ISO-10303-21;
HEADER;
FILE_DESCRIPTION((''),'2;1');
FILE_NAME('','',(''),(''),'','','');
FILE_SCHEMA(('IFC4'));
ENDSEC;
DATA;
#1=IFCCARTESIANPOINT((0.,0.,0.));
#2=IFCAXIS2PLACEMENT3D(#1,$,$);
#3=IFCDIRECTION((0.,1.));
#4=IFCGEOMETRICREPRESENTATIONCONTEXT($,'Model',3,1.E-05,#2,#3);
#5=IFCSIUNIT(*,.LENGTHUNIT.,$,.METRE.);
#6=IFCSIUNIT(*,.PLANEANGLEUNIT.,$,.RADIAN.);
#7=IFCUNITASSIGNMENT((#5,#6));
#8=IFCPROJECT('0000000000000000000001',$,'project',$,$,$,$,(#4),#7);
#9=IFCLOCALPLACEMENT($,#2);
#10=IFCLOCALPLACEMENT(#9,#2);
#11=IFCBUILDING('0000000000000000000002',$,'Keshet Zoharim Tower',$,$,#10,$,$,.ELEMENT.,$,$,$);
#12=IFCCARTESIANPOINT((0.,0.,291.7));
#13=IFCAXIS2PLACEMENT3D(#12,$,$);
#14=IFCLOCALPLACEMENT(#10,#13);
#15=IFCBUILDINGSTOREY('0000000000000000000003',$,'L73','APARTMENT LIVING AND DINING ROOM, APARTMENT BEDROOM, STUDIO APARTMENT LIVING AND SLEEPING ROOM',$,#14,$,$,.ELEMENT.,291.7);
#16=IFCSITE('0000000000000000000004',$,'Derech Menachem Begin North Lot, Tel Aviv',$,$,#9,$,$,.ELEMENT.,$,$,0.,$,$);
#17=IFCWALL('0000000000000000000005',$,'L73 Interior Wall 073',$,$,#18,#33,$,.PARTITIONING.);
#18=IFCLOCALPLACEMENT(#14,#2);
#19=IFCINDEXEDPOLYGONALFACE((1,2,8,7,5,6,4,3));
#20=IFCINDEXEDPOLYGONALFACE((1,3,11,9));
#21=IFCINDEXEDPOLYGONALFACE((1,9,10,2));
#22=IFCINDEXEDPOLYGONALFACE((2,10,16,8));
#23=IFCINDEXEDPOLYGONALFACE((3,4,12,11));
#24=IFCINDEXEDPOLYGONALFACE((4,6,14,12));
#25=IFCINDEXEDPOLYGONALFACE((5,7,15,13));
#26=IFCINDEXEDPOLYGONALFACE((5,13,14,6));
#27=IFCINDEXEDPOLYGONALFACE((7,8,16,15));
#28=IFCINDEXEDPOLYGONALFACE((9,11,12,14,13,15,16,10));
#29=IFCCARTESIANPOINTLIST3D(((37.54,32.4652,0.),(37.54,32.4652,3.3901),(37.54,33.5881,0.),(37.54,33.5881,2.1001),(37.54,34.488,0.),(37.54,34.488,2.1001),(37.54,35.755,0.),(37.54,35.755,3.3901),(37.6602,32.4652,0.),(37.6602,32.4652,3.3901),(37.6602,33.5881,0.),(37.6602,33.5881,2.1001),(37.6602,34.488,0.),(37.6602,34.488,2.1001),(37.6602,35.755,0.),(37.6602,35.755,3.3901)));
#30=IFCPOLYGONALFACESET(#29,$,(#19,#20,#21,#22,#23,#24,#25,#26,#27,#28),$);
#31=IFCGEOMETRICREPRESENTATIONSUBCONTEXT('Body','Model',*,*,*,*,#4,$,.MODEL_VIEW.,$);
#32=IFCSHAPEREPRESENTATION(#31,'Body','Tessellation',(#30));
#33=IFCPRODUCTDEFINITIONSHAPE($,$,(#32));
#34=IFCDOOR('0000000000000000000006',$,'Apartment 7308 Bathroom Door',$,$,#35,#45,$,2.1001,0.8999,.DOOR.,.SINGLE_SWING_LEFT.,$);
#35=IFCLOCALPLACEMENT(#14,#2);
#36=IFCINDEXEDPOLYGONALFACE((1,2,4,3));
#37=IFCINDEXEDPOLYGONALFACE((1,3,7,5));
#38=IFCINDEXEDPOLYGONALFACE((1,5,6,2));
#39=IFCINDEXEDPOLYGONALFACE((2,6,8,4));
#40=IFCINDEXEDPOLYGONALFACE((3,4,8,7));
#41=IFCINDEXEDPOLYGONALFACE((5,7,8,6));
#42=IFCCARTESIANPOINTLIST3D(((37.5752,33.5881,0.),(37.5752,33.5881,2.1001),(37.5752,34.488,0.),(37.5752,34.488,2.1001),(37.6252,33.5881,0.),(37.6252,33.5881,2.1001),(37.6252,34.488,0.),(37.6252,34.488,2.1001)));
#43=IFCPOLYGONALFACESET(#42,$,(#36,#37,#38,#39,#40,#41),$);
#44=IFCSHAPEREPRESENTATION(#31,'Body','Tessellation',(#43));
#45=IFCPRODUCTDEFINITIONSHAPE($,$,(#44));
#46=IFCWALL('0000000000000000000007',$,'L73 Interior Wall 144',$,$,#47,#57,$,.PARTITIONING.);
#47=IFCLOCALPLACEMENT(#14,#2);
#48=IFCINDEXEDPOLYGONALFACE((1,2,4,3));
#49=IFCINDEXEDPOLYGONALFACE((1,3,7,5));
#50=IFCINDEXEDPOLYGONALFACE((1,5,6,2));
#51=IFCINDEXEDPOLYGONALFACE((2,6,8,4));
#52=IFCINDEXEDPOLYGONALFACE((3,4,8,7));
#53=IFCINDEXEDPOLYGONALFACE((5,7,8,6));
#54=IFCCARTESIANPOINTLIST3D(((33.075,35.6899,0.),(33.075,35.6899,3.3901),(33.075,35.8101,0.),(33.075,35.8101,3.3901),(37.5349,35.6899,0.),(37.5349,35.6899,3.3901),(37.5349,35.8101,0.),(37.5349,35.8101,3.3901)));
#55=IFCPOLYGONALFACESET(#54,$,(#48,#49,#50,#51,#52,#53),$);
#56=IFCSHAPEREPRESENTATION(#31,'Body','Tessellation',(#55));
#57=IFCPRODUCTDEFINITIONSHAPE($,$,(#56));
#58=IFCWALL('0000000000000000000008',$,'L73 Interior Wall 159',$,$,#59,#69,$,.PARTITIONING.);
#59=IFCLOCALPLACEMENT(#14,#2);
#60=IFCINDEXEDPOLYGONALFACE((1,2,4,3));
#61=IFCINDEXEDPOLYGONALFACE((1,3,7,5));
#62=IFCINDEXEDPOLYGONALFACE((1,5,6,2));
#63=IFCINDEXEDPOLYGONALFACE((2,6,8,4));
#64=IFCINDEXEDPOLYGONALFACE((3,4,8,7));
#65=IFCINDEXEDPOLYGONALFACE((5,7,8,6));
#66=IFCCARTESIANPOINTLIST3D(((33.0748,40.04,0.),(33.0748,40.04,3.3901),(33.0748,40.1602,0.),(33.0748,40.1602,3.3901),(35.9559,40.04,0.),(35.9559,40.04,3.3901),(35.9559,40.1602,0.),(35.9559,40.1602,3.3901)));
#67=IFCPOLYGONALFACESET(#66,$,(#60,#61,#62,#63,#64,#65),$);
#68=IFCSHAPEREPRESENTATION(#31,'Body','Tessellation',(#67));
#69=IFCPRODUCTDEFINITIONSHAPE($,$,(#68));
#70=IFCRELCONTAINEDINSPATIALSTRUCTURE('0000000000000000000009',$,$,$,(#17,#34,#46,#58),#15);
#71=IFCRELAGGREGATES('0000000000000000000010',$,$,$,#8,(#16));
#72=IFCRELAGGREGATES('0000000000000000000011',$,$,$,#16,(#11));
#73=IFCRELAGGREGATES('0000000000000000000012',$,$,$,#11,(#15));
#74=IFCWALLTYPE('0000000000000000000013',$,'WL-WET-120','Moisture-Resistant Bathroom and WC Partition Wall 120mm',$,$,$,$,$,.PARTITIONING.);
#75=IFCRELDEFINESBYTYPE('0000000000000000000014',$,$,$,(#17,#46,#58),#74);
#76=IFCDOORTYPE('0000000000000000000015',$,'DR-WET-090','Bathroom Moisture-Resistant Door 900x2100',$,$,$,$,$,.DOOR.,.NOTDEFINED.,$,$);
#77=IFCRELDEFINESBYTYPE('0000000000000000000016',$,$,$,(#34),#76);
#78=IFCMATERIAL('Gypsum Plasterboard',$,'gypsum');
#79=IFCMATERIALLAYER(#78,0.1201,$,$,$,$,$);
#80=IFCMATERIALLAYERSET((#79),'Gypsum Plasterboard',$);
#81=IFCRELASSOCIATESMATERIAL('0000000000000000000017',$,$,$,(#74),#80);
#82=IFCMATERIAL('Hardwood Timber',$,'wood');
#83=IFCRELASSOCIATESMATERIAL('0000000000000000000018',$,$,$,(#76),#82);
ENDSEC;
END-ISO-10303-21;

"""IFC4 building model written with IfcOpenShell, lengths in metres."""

from ifc_helpers import new_model, si_unit, direction, frame, frame_2d, origin, place, context, subcontext, project, spatial, rectangle, extrude, material, layer, layer_set, type_object, element, fill, save


model = new_model("IFC4")

# Units and contexts
model_context = context("Model", 3, precision=1e-05, world=origin(), true_north=direction((0.0, 1.0)))
body_context = subcontext(model_context, "Body", "Model", "MODEL_VIEW")
ifc_project = project(units=[si_unit("LENGTHUNIT", "METRE"), si_unit("PLANEANGLEUNIT", "RADIAN")], contexts=[model_context])

# Site, building, storey
site_placement = place(None, origin())
site = spatial("IfcSite", under=ifc_project, at=site_placement, Name="Derech Menachem Begin North Lot, Tel Aviv", CompositionType="ELEMENT", RefElevation=0.0)
building_placement = place(site_placement, origin())
building = spatial("IfcBuilding", under=site, at=building_placement, Name="Keshet Zoharim Tower", CompositionType="ELEMENT")
storey_placement = place(building_placement, frame((0.0, 0.0, 291.7)))
storey = spatial("IfcBuildingStorey", under=building, at=storey_placement, Name="L73", Description="APARTMENT LIVING AND DINING ROOM, APARTMENT BEDROOM, STUDIO APARTMENT LIVING AND SLEEPING ROOM", CompositionType="ELEMENT", Elevation=291.7)

# Shared definitions
ifc_material_1 = material(Name="Gypsum Plasterboard", Category="gypsum")

# Shared definitions
ifc_material_2 = material(Name="Hardwood Timber", Category="wood")

# Shared definitions
ifc_layer_1 = layer(ifc_material_1, 0.1201)
ifc_layer_set_1 = layer_set([ifc_layer_1], Name="Gypsum Plasterboard")
wall_type_1 = type_object("IfcWallType", Name="WL-WET-120", Description="Moisture-Resistant Bathroom and WC Partition Wall 120mm", PredefinedType="PARTITIONING", material=ifc_layer_set_1)

# Wall, opening, door
wall_1_placement = place(storey_placement, frame((37.6001, 32.4651, 0.0), z_axis=(0.0, 0.0, 1.0), x_axis=(0.0, 1.0, 0.0)))
wall_1 = element("IfcWall", 1, at=wall_1_placement, inside=storey, type_object=wall_type_1, Name="L73 Interior Wall 073", PredefinedType="PARTITIONING", context=body_context, shape_type="SweptSolid", body=[
    extrude(rectangle(XDim=3.2898, YDim=0.1201, at=frame_2d((1.645, 0.0))), origin(), (0.0, 0.0, 1.0), 3.3901),
])
opening_1_placement = place(wall_1_placement, frame((1.123, 0.0, 0.0)))
opening_1 = element("IfcOpeningElement", 2, at=opening_1_placement, cuts=wall_1, PredefinedType="OPENING", context=body_context, shape_type="SweptSolid", body=[
    extrude(rectangle(XDim=0.8999, YDim=2.1001, at=frame_2d((0.45, 1.05))), frame((0.0, 0.0701, 0.0), z_axis=(0.0, -1.0, 0.0), x_axis=(1.0, 0.0, 0.0)), (0.0, 0.0, 1.0), 0.1401),
])
door_type_1 = type_object("IfcDoorType", Name="DR-WET-090", Description="Bathroom Moisture-Resistant Door 900x2100", OperationType="NOTDEFINED", PredefinedType="DOOR", material=ifc_material_2)
door_1_placement = place(opening_1_placement, origin())
door_1 = element("IfcDoor", 3, at=door_1_placement, inside=storey, type_object=door_type_1, Name="Apartment 7308 Bathroom Door", OperationType="SINGLE_SWING_LEFT", OverallHeight=2.1001, OverallWidth=0.8999, PredefinedType="DOOR", context=body_context, shape_type="SweptSolid", body=[
    extrude(rectangle(XDim=0.8999, YDim=2.1001, at=frame_2d((0.45, 1.05))), frame((0.0, 0.0249, 0.0), z_axis=(0.0, -1.0, 0.0), x_axis=(1.0, 0.0, 0.0)), (0.0, 0.0, 1.0), 0.05),
])
fill(opening_1, door_1)

# Walls
wall_2_placement = place(storey_placement, frame((33.075, 35.75, 0.0), z_axis=(0.0, 0.0, 1.0), x_axis=(1.0, 0.0, 0.0)))
element("IfcWall", 4, at=wall_2_placement, inside=storey, type_object=wall_type_1, Name="L73 Interior Wall 144", PredefinedType="PARTITIONING", context=body_context, shape_type="SweptSolid", body=[
    extrude(rectangle(XDim=4.46, YDim=0.1201, at=frame_2d((2.23, 0.0))), origin(), (0.0, 0.0, 1.0), 3.3901),
])
wall_3_placement = place(storey_placement, frame((33.075, 40.1001, 0.0), z_axis=(0.0, 0.0, 1.0), x_axis=(1.0, 0.0, 0.0)))
element("IfcWall", 5, at=wall_3_placement, inside=storey, type_object=wall_type_1, Name="L73 Interior Wall 159", PredefinedType="PARTITIONING", context=body_context, shape_type="SweptSolid", body=[
    extrude(rectangle(XDim=2.8811, YDim=0.1201, at=frame_2d((1.4404, 0.0))), origin(), (0.0, 0.0, 1.0), 3.3901),
])

save(model, "model.ifc")
